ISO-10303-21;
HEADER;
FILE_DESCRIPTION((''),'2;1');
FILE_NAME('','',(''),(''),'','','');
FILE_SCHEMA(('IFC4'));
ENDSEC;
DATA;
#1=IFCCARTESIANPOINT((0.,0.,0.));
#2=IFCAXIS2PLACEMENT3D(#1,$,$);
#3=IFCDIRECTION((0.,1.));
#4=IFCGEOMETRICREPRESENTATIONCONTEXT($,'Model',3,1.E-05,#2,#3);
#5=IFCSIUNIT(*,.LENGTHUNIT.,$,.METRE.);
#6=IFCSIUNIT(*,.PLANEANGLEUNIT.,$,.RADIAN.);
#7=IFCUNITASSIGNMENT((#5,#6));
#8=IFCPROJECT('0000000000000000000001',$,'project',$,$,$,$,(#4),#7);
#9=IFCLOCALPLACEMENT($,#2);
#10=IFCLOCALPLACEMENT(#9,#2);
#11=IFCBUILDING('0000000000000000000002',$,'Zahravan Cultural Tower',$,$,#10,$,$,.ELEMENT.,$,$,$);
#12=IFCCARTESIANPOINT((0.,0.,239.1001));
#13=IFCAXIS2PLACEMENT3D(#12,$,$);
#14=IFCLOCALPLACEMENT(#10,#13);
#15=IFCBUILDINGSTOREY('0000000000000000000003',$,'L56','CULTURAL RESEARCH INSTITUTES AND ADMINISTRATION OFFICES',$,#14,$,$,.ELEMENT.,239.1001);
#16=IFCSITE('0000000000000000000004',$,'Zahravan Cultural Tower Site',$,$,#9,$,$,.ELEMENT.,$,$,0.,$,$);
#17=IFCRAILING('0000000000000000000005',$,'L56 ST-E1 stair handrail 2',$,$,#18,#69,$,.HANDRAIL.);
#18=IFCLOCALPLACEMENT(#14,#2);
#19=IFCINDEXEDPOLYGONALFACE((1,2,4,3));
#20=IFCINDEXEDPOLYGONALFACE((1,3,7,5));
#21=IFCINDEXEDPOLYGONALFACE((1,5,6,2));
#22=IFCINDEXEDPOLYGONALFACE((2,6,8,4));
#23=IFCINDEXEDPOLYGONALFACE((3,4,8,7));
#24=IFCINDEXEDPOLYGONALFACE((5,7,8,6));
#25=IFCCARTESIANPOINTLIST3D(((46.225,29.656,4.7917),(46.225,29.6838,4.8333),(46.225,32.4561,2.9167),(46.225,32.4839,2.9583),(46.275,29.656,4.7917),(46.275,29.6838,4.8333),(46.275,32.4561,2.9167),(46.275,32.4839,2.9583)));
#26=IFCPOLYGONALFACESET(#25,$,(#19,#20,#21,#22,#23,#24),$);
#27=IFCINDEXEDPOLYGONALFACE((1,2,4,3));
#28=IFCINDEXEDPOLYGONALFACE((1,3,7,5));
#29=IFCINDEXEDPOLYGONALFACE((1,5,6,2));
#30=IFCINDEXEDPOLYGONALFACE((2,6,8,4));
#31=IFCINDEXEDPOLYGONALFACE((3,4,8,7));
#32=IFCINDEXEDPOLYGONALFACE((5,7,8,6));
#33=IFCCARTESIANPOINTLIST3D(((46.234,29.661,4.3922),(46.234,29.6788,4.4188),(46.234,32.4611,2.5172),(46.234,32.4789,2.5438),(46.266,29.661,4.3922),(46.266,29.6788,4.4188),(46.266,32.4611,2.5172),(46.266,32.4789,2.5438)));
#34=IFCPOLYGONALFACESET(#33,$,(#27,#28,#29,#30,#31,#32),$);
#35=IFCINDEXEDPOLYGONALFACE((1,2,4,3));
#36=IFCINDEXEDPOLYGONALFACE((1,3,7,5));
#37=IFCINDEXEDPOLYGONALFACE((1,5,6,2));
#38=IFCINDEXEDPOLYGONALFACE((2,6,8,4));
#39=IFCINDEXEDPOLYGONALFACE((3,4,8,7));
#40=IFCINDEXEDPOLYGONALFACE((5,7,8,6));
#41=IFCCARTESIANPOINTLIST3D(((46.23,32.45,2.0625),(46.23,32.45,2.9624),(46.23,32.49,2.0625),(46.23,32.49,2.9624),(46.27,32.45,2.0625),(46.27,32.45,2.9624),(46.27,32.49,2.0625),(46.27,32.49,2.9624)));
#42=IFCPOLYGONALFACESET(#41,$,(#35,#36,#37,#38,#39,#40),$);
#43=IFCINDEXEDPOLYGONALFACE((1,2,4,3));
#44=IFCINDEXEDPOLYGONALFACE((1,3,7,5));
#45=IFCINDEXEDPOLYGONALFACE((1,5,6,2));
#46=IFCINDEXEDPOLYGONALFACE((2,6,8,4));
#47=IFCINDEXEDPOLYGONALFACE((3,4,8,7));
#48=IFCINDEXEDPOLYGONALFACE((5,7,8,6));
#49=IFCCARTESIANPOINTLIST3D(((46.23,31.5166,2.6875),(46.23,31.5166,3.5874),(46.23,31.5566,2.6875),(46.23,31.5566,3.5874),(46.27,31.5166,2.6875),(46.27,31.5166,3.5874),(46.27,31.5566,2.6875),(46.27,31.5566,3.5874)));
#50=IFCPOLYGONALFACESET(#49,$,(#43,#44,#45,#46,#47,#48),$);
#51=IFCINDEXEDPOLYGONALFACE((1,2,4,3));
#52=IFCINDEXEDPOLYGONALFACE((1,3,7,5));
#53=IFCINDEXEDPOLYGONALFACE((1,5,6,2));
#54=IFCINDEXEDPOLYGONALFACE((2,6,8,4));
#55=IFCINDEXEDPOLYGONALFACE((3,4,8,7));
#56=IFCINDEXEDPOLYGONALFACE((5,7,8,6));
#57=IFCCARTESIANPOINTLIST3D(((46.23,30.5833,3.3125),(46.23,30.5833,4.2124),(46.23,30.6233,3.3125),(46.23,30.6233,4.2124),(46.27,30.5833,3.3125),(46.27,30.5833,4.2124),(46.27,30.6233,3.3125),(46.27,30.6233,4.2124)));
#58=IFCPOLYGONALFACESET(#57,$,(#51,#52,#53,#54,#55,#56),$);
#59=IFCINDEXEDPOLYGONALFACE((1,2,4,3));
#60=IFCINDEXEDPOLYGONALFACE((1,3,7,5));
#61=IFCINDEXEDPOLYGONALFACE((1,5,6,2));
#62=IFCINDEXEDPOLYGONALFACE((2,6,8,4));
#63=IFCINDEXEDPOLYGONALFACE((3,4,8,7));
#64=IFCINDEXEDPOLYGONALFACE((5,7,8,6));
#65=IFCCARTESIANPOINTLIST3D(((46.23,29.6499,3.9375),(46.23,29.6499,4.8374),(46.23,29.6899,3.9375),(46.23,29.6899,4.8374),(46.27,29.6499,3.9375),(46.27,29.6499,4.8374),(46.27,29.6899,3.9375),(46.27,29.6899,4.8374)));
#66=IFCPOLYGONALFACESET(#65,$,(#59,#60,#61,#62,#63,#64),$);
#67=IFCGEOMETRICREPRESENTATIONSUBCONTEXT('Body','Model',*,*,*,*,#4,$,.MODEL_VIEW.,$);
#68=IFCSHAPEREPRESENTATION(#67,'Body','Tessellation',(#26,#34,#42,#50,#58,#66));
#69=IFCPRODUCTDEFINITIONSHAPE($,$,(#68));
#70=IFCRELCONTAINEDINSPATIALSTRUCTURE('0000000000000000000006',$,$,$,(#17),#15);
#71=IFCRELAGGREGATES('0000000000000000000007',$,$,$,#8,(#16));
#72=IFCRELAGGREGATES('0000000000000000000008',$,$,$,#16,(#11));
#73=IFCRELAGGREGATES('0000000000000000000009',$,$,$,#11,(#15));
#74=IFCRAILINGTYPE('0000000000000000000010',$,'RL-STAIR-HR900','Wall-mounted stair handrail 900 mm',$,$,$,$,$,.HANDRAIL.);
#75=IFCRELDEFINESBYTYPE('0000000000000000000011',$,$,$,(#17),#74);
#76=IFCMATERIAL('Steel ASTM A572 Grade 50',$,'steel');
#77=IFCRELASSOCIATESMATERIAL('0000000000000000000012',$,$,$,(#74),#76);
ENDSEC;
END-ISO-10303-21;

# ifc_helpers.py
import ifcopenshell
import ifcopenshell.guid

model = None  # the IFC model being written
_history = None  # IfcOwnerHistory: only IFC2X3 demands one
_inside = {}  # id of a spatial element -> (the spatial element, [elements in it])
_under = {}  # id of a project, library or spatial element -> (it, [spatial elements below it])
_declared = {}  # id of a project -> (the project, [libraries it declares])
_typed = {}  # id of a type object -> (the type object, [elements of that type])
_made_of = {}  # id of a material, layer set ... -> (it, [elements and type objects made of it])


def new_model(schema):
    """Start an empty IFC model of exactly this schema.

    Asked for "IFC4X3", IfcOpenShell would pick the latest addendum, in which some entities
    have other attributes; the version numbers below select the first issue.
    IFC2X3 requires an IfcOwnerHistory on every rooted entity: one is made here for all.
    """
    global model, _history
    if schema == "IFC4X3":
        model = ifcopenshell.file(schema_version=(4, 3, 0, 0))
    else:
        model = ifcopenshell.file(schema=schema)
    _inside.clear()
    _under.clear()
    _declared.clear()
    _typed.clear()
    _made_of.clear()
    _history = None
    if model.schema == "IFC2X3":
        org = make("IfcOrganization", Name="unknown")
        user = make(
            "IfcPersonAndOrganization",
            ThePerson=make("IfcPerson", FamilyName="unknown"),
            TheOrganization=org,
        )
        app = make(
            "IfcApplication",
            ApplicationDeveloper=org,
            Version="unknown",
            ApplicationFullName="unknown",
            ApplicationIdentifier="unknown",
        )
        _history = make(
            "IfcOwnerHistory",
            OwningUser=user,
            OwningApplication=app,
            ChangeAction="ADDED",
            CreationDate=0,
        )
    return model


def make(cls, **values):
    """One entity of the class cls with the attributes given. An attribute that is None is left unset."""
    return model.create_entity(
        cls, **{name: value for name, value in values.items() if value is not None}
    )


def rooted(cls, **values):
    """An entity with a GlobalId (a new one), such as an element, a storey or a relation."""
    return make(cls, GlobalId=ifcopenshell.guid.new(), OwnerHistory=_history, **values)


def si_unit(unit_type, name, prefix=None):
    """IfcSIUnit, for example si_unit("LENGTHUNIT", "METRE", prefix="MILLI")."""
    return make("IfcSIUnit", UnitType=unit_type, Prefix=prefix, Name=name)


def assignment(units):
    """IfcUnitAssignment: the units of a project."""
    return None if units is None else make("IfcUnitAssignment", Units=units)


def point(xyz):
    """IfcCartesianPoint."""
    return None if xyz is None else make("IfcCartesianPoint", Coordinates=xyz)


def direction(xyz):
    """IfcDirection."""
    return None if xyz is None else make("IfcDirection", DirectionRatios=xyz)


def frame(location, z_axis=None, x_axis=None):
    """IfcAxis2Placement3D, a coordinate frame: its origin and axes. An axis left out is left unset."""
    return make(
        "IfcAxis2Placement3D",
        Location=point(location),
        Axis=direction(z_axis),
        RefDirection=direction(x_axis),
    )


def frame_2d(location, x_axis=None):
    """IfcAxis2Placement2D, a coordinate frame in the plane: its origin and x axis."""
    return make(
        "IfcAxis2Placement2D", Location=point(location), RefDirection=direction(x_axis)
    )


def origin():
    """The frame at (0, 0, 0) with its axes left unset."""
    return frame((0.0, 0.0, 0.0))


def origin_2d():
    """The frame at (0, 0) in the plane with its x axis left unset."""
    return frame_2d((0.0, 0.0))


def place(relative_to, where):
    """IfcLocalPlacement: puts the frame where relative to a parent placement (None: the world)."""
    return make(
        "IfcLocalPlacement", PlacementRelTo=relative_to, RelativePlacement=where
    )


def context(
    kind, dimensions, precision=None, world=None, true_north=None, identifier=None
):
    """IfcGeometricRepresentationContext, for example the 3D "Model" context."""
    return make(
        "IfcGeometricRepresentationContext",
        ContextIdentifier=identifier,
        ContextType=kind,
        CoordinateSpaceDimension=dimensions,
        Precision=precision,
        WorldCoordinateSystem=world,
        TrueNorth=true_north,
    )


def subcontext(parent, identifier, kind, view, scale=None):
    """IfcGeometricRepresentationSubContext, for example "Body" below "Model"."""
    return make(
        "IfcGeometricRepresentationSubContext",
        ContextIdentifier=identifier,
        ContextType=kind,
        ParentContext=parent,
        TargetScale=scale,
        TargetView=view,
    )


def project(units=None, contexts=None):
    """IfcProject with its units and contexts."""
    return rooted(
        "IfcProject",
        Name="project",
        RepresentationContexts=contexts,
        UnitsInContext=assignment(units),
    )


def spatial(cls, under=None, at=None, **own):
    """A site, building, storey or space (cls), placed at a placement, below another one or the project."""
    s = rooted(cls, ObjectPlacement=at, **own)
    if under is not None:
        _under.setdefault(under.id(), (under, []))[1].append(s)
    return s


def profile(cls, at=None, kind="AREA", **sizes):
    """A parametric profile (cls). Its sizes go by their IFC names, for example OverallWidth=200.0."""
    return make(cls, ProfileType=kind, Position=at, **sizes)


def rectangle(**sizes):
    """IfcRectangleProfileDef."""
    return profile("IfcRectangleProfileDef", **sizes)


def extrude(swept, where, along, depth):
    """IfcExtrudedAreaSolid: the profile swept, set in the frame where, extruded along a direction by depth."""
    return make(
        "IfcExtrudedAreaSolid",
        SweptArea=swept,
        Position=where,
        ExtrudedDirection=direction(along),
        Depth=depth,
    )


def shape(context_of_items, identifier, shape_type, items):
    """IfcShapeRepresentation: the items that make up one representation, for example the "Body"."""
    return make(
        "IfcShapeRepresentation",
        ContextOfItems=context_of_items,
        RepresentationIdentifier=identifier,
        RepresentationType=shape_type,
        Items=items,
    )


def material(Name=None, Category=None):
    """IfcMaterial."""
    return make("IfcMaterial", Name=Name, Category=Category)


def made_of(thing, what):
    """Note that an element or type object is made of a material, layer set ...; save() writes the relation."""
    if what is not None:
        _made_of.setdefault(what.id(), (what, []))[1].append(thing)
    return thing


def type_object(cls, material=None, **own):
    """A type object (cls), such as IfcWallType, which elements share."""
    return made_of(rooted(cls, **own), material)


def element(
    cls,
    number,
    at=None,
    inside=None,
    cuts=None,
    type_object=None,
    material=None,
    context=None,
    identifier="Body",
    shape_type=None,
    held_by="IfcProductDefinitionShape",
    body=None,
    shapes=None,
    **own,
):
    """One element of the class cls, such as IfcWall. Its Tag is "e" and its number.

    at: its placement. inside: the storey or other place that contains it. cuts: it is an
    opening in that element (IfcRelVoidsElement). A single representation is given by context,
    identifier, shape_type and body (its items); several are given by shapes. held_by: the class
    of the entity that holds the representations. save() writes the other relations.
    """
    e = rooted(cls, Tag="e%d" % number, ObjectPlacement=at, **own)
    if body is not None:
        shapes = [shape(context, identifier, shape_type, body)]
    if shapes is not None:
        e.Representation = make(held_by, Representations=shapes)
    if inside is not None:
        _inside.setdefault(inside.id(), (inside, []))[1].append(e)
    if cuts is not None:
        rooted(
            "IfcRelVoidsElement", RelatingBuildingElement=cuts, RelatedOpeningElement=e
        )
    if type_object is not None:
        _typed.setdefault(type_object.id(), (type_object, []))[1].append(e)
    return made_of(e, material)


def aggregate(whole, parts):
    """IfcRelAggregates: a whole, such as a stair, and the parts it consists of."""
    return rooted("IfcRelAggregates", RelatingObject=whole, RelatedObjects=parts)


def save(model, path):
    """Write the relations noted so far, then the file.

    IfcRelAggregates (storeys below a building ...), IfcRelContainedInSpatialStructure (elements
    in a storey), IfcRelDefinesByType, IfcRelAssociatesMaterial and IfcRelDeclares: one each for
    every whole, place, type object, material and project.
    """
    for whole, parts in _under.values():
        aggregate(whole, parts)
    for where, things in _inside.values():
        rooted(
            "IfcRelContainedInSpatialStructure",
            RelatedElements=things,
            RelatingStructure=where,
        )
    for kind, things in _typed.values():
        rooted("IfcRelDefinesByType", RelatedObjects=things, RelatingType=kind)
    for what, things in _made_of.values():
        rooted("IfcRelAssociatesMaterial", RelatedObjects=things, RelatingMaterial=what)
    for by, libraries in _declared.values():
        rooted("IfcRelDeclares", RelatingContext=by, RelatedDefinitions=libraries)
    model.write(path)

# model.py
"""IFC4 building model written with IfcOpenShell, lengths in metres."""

from ifc_helpers import new_model, si_unit, direction, frame, origin, origin_2d, place, context, subcontext, project, spatial, rectangle, extrude, material, type_object, element, save


model = new_model("IFC4")

# Units and contexts
model_context = context("Model", 3, precision=1e-05, world=origin(), true_north=direction((0.0, 1.0)))
body_context = subcontext(model_context, "Body", "Model", "MODEL_VIEW")
ifc_project = project(units=[si_unit("LENGTHUNIT", "METRE"), si_unit("PLANEANGLEUNIT", "RADIAN")], contexts=[model_context])

# Site, building, storey
site_placement = place(None, origin())
site = spatial("IfcSite", under=ifc_project, at=site_placement, Name="Zahravan Cultural Tower Site", CompositionType="ELEMENT", RefElevation=0.0)
building_placement = place(site_placement, origin())
building = spatial("IfcBuilding", under=site, at=building_placement, Name="Zahravan Cultural Tower", CompositionType="ELEMENT")
storey_placement = place(building_placement, frame((0.0, 0.0, 239.1001)))
storey = spatial("IfcBuildingStorey", under=building, at=storey_placement, Name="L56", Description="CULTURAL RESEARCH INSTITUTES AND ADMINISTRATION OFFICES", CompositionType="ELEMENT", Elevation=239.1001)

# Shared definitions
ifc_material_1 = material(Name="Steel ASTM A572 Grade 50", Category="steel")

# Railing
railing_type_1 = type_object("IfcRailingType", Name="RL-STAIR-HR900", Description="Wall-mounted stair handrail 900 mm", PredefinedType="HANDRAIL", material=ifc_material_1)
railing_1_placement = place(storey_placement, frame((46.25, 32.47, 2.0625)))
element("IfcRailing", 1, at=railing_1_placement, inside=storey, type_object=railing_type_1, Name="L56 ST-E1 stair handrail 2", PredefinedType="HANDRAIL", context=body_context, shape_type="SweptSolid", body=[
    extrude(rectangle(XDim=0.05, YDim=0.05, at=origin_2d()), frame((0.0, 0.0, 0.875), z_axis=(0.0, -0.830912, 0.556404), x_axis=(1.0, 0.0, 0.0)), (0.0, 0.0, 1.0), 3.3699),
    extrude(rectangle(XDim=0.032, YDim=0.032, at=origin_2d()), frame((0.0, 0.0, 0.468), z_axis=(0.0, -0.830912, 0.556404), x_axis=(1.0, 0.0, 0.0)), (0.0, 0.0, 1.0), 3.3699),
    extrude(rectangle(XDim=0.04, YDim=0.04, at=origin_2d()), origin(), (0.0, 0.0, 1.0), 0.8999),
    extrude(rectangle(XDim=0.04, YDim=0.04, at=origin_2d()), frame((0.0, -0.9333, 0.625)), (0.0, 0.0, 1.0), 0.8999),
    extrude(rectangle(XDim=0.04, YDim=0.04, at=origin_2d()), frame((0.0, -1.8667, 1.25)), (0.0, 0.0, 1.0), 0.8999),
    extrude(rectangle(XDim=0.04, YDim=0.04, at=origin_2d()), frame((0.0, -2.8, 1.875)), (0.0, 0.0, 1.0), 0.8999),
])

save(model, "model.ifc")
